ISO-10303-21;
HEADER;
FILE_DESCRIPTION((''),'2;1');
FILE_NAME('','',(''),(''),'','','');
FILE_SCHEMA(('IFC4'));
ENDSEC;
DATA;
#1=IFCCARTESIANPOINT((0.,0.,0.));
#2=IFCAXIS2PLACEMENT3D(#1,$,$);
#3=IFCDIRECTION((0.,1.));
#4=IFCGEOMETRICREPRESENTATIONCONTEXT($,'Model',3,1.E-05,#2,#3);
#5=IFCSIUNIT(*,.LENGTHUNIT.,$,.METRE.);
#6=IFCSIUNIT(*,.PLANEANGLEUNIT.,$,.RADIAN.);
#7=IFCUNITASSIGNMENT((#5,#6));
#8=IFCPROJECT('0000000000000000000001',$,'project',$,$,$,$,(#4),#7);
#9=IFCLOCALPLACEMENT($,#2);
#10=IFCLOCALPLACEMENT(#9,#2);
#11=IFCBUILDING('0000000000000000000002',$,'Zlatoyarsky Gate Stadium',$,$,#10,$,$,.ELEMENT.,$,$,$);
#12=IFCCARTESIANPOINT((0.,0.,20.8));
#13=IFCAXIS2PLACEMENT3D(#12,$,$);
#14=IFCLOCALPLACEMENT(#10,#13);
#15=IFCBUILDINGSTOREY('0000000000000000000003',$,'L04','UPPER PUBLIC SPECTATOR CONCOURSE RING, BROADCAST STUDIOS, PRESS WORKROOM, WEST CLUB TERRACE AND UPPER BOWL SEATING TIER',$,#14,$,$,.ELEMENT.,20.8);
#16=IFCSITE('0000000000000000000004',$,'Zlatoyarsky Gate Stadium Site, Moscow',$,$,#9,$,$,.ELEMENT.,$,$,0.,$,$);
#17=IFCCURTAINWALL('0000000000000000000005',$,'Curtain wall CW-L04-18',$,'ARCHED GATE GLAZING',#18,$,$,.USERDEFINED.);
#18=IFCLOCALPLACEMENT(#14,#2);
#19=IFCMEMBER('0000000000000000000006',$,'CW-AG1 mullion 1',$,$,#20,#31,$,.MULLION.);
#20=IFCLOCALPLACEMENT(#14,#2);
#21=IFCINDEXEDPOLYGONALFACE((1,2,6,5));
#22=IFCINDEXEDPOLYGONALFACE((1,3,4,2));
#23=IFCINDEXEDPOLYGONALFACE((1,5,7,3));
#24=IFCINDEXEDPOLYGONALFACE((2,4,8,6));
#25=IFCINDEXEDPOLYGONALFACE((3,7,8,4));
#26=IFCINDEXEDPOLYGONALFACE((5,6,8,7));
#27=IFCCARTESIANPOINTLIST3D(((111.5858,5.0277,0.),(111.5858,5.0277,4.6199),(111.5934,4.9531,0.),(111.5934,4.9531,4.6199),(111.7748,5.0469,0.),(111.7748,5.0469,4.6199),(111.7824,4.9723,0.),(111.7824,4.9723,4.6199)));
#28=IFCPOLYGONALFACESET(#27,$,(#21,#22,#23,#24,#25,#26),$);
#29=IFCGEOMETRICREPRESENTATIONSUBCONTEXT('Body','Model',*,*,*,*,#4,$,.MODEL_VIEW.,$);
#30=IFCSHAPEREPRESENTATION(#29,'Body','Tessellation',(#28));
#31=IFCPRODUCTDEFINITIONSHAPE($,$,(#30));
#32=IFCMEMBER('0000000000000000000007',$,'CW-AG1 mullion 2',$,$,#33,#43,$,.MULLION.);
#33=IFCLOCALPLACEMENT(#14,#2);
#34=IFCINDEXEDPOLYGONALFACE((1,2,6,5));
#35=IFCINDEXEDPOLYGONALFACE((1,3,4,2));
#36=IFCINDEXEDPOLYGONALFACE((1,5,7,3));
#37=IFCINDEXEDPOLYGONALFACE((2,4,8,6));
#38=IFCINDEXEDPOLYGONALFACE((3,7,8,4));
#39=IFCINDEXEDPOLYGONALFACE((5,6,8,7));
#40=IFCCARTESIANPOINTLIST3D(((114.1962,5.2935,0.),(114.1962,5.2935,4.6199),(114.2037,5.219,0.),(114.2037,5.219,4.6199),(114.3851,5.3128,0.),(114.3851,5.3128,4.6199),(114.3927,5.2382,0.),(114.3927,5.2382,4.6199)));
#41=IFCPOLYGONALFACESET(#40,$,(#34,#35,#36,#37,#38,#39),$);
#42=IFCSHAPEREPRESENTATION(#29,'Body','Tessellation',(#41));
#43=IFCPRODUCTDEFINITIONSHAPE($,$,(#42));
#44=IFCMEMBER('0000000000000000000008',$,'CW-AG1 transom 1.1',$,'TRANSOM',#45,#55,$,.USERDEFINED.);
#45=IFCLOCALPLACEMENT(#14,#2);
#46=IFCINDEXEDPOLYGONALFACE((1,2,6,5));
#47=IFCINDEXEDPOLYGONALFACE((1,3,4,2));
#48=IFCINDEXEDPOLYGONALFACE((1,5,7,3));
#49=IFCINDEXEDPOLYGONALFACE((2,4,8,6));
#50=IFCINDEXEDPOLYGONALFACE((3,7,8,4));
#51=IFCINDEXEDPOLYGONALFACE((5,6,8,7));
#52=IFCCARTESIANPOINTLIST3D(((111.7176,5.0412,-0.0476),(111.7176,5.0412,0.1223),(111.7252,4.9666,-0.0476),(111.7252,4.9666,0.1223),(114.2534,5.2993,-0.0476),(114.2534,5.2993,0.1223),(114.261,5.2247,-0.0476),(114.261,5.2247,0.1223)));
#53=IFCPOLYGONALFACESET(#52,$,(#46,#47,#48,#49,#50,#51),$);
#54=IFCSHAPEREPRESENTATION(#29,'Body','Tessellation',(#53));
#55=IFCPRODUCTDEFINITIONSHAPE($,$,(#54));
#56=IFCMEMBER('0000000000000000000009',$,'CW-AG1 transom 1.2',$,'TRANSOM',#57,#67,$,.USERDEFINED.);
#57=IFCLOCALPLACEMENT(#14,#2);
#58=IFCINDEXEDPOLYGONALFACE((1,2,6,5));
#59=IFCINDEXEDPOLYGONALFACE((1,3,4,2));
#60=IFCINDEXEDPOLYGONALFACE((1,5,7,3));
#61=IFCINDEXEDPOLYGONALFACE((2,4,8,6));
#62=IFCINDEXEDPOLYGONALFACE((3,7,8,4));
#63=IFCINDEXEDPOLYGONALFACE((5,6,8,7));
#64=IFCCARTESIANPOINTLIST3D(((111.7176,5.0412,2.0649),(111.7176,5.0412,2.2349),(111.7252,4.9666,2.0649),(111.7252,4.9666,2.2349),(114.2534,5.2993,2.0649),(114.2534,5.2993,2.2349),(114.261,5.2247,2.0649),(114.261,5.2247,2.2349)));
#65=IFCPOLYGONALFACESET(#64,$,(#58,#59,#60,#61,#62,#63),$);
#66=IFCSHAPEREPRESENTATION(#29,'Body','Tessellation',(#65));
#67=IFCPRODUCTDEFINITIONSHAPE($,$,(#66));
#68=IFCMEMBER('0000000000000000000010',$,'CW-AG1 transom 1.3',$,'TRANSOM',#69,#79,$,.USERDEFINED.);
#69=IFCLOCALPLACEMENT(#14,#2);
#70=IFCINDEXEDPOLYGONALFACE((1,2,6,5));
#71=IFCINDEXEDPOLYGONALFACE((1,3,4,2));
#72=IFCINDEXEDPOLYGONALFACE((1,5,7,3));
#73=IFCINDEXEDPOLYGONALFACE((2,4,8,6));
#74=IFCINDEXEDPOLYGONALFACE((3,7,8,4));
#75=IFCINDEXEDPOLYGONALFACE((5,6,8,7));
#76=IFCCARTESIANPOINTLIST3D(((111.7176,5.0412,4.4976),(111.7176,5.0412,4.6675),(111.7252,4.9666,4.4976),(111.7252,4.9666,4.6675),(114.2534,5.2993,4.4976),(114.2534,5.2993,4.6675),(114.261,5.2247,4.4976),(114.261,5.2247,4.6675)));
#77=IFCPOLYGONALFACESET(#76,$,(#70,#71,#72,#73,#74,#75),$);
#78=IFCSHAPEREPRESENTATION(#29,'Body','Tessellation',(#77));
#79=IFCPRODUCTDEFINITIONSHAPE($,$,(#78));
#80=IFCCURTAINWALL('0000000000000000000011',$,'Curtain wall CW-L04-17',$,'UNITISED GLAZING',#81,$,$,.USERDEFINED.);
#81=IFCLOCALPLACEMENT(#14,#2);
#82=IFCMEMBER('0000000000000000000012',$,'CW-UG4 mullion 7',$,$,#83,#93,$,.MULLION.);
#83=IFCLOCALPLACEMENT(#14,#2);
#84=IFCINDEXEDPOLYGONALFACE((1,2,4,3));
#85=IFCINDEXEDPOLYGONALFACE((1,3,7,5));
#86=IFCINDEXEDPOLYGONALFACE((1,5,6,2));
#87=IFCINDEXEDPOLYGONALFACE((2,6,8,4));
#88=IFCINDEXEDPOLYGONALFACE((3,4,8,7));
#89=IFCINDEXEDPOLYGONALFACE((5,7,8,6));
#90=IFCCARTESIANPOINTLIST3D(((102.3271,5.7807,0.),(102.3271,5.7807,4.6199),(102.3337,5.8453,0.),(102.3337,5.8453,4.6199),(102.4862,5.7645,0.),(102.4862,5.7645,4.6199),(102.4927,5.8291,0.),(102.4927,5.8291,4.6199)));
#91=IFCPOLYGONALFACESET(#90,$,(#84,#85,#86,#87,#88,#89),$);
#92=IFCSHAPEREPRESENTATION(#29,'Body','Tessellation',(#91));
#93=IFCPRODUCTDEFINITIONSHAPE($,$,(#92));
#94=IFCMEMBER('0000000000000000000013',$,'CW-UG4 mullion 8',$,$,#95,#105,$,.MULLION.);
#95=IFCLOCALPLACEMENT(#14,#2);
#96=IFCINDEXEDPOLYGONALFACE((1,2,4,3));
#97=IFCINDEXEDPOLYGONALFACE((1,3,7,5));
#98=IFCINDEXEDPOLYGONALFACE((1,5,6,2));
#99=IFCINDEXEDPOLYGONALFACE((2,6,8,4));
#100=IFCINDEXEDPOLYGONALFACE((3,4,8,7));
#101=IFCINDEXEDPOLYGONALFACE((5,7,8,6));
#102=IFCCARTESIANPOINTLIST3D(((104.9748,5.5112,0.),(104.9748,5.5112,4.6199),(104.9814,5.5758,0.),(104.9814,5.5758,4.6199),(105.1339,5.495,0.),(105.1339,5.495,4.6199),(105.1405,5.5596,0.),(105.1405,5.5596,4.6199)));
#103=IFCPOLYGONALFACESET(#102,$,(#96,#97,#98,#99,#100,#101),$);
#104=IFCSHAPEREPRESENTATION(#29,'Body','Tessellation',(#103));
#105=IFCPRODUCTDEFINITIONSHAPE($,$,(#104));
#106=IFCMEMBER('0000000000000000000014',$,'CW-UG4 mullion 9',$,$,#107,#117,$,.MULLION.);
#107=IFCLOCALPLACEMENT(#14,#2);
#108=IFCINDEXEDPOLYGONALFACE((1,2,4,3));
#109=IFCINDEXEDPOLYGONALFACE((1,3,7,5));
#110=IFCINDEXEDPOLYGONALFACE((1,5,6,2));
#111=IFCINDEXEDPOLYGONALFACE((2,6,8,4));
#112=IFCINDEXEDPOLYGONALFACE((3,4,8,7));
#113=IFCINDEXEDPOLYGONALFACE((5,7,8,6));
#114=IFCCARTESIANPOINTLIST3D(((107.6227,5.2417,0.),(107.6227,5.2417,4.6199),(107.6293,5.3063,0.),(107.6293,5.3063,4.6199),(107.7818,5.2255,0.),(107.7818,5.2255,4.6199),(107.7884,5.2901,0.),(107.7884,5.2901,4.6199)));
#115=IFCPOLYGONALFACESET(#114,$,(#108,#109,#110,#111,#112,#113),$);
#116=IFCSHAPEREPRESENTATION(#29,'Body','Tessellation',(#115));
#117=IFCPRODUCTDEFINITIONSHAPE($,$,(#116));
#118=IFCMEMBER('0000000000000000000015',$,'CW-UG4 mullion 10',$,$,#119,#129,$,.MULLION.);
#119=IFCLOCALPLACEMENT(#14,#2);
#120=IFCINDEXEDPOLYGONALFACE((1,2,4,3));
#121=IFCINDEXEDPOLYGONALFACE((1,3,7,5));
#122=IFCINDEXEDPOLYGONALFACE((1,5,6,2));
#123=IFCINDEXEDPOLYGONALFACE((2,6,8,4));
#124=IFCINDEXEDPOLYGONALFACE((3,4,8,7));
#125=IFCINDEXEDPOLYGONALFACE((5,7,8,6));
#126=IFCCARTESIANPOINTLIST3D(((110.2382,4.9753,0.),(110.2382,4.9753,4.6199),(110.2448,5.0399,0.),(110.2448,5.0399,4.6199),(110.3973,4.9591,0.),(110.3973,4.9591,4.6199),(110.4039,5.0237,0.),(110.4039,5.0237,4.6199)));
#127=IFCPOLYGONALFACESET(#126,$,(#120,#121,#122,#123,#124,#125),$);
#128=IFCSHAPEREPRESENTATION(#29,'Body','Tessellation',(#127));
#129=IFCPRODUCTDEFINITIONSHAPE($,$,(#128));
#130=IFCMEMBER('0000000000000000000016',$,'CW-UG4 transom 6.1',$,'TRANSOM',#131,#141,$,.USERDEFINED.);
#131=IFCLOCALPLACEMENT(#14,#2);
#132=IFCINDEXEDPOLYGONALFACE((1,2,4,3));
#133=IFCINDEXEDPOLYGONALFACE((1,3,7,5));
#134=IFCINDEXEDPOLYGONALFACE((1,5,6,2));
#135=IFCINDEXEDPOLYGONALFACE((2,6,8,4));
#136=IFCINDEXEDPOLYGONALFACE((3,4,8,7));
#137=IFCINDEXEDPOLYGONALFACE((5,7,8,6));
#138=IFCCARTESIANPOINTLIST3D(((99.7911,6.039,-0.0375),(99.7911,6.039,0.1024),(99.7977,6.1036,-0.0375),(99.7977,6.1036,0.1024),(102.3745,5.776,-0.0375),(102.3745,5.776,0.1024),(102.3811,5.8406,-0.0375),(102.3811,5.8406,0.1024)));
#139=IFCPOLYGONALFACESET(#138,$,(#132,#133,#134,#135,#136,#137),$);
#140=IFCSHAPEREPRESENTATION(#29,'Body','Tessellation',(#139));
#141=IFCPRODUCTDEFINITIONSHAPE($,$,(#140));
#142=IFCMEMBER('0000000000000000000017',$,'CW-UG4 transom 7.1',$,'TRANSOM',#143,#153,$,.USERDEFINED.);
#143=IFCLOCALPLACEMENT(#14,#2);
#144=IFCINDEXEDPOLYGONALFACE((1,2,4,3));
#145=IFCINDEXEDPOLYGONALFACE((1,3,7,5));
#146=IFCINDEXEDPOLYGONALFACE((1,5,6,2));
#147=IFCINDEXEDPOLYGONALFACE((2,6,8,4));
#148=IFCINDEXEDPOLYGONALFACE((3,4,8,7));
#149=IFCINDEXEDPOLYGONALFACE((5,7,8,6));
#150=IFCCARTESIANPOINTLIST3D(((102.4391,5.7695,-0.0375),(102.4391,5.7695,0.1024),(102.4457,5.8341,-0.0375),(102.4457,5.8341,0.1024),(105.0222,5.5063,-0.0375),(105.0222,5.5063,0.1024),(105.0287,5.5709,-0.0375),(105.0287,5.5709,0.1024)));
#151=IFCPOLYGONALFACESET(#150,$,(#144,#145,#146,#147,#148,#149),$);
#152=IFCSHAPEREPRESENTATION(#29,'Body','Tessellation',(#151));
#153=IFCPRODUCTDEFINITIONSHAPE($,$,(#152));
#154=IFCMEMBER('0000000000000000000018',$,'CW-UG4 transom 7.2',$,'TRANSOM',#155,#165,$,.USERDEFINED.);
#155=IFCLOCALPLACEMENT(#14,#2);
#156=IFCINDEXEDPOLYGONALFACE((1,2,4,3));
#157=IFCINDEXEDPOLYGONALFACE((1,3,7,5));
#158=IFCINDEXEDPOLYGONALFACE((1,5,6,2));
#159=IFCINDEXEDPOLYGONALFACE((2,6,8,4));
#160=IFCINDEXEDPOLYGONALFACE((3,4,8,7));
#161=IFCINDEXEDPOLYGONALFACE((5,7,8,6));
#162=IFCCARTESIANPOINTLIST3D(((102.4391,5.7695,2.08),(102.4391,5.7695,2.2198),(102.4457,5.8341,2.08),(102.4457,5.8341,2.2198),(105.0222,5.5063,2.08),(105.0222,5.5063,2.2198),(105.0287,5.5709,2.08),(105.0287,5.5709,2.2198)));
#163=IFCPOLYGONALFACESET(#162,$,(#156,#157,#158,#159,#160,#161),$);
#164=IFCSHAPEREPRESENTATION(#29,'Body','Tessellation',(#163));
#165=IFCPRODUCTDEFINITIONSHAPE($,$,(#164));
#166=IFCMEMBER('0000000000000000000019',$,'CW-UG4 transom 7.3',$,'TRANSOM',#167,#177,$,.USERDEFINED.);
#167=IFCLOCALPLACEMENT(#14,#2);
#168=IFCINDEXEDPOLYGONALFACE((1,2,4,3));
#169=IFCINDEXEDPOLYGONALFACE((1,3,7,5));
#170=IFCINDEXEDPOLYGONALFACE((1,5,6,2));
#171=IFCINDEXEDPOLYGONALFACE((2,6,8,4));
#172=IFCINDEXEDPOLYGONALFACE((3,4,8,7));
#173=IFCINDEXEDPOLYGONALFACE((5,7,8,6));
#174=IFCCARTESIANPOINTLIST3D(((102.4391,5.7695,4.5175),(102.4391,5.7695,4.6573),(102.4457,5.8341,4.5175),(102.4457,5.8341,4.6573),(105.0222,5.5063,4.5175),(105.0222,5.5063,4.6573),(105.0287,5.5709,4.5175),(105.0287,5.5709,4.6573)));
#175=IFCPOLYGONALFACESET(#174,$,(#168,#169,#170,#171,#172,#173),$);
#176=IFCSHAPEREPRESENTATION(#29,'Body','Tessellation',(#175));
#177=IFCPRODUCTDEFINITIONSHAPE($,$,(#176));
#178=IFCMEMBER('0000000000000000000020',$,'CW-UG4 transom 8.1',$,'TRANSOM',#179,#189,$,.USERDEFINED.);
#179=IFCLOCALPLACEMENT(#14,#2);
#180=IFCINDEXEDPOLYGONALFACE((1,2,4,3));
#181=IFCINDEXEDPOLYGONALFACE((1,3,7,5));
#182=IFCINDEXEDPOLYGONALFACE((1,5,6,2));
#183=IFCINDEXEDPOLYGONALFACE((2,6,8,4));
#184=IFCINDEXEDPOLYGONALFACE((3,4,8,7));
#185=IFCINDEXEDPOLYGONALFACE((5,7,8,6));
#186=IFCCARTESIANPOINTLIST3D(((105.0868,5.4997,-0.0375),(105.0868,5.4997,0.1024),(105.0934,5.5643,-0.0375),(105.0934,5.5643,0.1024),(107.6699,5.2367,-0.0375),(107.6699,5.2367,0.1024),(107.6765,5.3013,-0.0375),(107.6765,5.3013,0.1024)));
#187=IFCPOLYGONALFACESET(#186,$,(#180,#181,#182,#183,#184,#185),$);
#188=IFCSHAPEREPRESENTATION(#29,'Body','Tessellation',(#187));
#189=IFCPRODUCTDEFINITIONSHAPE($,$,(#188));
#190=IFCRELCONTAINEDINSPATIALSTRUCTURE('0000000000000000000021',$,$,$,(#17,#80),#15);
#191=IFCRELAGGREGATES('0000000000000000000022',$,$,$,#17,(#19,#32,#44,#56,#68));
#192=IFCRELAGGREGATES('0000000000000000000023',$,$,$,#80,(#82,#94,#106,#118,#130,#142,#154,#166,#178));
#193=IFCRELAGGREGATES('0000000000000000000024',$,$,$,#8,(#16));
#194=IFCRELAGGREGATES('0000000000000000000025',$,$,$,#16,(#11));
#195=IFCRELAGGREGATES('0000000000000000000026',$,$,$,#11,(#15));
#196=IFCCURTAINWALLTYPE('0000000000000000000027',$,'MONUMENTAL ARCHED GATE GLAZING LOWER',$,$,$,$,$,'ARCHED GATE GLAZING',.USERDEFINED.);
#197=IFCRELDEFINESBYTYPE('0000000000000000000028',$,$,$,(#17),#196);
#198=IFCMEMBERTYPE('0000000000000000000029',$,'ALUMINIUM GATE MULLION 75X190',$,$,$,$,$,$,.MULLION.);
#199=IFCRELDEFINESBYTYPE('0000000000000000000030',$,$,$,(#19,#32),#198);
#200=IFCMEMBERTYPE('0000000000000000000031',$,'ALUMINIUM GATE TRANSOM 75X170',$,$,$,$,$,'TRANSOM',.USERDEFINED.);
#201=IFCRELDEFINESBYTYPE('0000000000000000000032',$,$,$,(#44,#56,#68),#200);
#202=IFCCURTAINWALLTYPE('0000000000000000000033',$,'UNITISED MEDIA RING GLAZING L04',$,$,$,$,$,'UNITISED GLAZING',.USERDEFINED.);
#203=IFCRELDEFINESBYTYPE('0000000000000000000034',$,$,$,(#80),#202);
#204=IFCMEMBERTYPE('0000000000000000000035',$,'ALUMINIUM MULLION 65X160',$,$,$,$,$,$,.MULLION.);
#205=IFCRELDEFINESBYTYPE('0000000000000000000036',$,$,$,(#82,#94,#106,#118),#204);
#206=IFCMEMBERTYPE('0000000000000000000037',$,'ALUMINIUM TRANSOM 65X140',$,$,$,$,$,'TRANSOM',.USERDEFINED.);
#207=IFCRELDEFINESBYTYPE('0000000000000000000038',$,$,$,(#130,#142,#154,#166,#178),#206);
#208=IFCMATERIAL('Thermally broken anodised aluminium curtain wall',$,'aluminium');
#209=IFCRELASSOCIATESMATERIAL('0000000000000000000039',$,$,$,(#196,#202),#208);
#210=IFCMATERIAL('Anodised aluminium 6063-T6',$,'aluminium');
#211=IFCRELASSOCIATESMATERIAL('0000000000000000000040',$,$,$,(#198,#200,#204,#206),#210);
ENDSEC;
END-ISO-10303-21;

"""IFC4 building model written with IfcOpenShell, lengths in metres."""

from ifc_helpers import new_model, si_unit, direction, frame, origin, origin_2d, place, context, subcontext, project, spatial, rectangle, extrude, material, material_profile, profile_set, type_object, element, aggregate, save


model = new_model("IFC4")

# Units and contexts
model_context = context("Model", 3, precision=1e-05, world=origin(), true_north=direction((0.0, 1.0)))
body_context = subcontext(model_context, "Body", "Model", "MODEL_VIEW")
ifc_project = project(units=[si_unit("LENGTHUNIT", "METRE"), si_unit("PLANEANGLEUNIT", "RADIAN")], contexts=[model_context])

# Site, building, storey
site_placement = place(None, origin())
site = spatial("IfcSite", under=ifc_project, at=site_placement, Name="Zlatoyarsky Gate Stadium Site, Moscow", CompositionType="ELEMENT", RefElevation=0.0)
building_placement = place(site_placement, origin())
building = spatial("IfcBuilding", under=site, at=building_placement, Name="Zlatoyarsky Gate Stadium", CompositionType="ELEMENT")
storey_placement = place(building_placement, frame((0.0, 0.0, 20.8)))
storey = spatial("IfcBuildingStorey", under=building, at=storey_placement, Name="L04", Description="UPPER PUBLIC SPECTATOR CONCOURSE RING, BROADCAST STUDIOS, PRESS WORKROOM, WEST CLUB TERRACE AND UPPER BOWL SEATING TIER", CompositionType="ELEMENT", Elevation=20.8)

# Curtain walls, members
ifc_material_1 = material(Name="Thermally broken anodised aluminium curtain wall", Category="aluminium")
curtain_wall_type_1 = type_object("IfcCurtainWallType", Name="MONUMENTAL ARCHED GATE GLAZING LOWER", ElementType="ARCHED GATE GLAZING", PredefinedType="USERDEFINED", material=ifc_material_1)
curtain_wall_1_placement = place(storey_placement, origin())
curtain_wall_1 = element("IfcCurtainWall", 1, at=curtain_wall_1_placement, inside=storey, type_object=curtain_wall_type_1, Name="Curtain wall CW-L04-18", ObjectType="ARCHED GATE GLAZING", PredefinedType="USERDEFINED")
ifc_material_2 = material(Name="Anodised aluminium 6063-T6", Category="aluminium")
ifc_material_profile_1 = material_profile(ifc_material_2, rectangle(XDim=0.075, YDim=0.1899, at=origin_2d()), Name="ALU 75X190")
ifc_profile_set_1 = profile_set([ifc_material_profile_1], Name="Anodised aluminium 6063-T6")
member_type_1 = type_object("IfcMemberType", Name="ALUMINIUM GATE MULLION 75X190", PredefinedType="MULLION", material=ifc_profile_set_1)
member_1_placement = place(storey_placement, frame((111.6841, 5.0, 0.0), z_axis=(0.0, 0.0, 1.0), x_axis=(-0.101293, 0.994857, 0.0)))
member_1 = element("IfcMember", 2, at=member_1_placement, type_object=member_type_1, Name="CW-AG1 mullion 1", PredefinedType="MULLION", context=body_context, shape_type="SweptSolid", body=[
    extrude(rectangle(XDim=0.075, YDim=0.1899, at=origin_2d()), origin(), (0.0, 0.0, 1.0), 4.6199),
])
member_2_placement = place(storey_placement, frame((114.2944, 5.2659, 0.0), z_axis=(0.0, 0.0, 1.0), x_axis=(-0.101293, 0.994857, 0.0)))
member_2 = element("IfcMember", 3, at=member_2_placement, type_object=member_type_1, Name="CW-AG1 mullion 2", PredefinedType="MULLION", context=body_context, shape_type="SweptSolid", body=[
    extrude(rectangle(XDim=0.075, YDim=0.1899, at=origin_2d()), origin(), (0.0, 0.0, 1.0), 4.6199),
])
ifc_material_profile_2 = material_profile(ifc_material_2, rectangle(XDim=0.075, YDim=0.1699, at=origin_2d()), Name="ALU 75X170")
ifc_profile_set_2 = profile_set([ifc_material_profile_2], Name="Anodised aluminium 6063-T6")
member_type_2 = type_object("IfcMemberType", Name="ALUMINIUM GATE TRANSOM 75X170", ElementType="TRANSOM", PredefinedType="USERDEFINED", material=ifc_profile_set_2)
member_3_placement = place(storey_placement, frame((111.7214, 5.0039, 0.0374), z_axis=(0.994861, 0.101249, 0.0), x_axis=(-0.101249, 0.994861, 0.0)))
member_3 = element("IfcMember", 4, at=member_3_placement, type_object=member_type_2, Name="CW-AG1 transom 1.1", ObjectType="TRANSOM", PredefinedType="USERDEFINED", context=body_context, shape_type="SweptSolid", body=[
    extrude(rectangle(XDim=0.075, YDim=0.1699, at=origin_2d()), origin(), (0.0, 0.0, 1.0), 2.5488),
])
member_4_placement = place(storey_placement, frame((111.7214, 5.0039, 2.1499), z_axis=(0.994861, 0.101249, 0.0), x_axis=(-0.101249, 0.994861, 0.0)))
member_4 = element("IfcMember", 5, at=member_4_placement, type_object=member_type_2, Name="CW-AG1 transom 1.2", ObjectType="TRANSOM", PredefinedType="USERDEFINED", context=body_context, shape_type="SweptSolid", body=[
    extrude(rectangle(XDim=0.075, YDim=0.1699, at=origin_2d()), origin(), (0.0, 0.0, 1.0), 2.5488),
])
member_5_placement = place(storey_placement, frame((111.7214, 5.0039, 4.5825), z_axis=(0.994861, 0.101249, 0.0), x_axis=(-0.101249, 0.994861, 0.0)))
member_5 = element("IfcMember", 6, at=member_5_placement, type_object=member_type_2, Name="CW-AG1 transom 1.3", ObjectType="TRANSOM", PredefinedType="USERDEFINED", context=body_context, shape_type="SweptSolid", body=[
    extrude(rectangle(XDim=0.075, YDim=0.1699, at=origin_2d()), origin(), (0.0, 0.0, 1.0), 2.5488),
])
curtain_wall_type_2 = type_object("IfcCurtainWallType", Name="UNITISED MEDIA RING GLAZING L04", ElementType="UNITISED GLAZING", PredefinedType="USERDEFINED", material=ifc_material_1)
curtain_wall_2_placement = place(storey_placement, origin())
curtain_wall_2 = element("IfcCurtainWall", 7, at=curtain_wall_2_placement, inside=storey, type_object=curtain_wall_type_2, Name="Curtain wall CW-L04-17", ObjectType="UNITISED GLAZING", PredefinedType="USERDEFINED")
ifc_material_profile_3 = material_profile(ifc_material_2, rectangle(XDim=0.0649, YDim=0.1599, at=origin_2d()), Name="ALU 65X160")
ifc_profile_set_3 = profile_set([ifc_material_profile_3], Name="Anodised aluminium 6063-T6")
member_type_3 = type_object("IfcMemberType", Name="ALUMINIUM MULLION 65X160", PredefinedType="MULLION", material=ifc_profile_set_3)
member_6_placement = place(storey_placement, frame((102.4099, 5.8049, 0.0), z_axis=(0.0, 0.0, 1.0), x_axis=(0.101293, 0.994857, 0.0)))
member_6 = element("IfcMember", 8, at=member_6_placement, type_object=member_type_3, Name="CW-UG4 mullion 7", PredefinedType="MULLION", context=body_context, shape_type="SweptSolid", body=[
    extrude(rectangle(XDim=0.0649, YDim=0.1599, at=origin_2d()), origin(), (0.0, 0.0, 1.0), 4.6199),
])
member_7_placement = place(storey_placement, frame((105.0576, 5.5354, 0.0), z_axis=(0.0, 0.0, 1.0), x_axis=(0.101293, 0.994857, 0.0)))
member_7 = element("IfcMember", 9, at=member_7_placement, type_object=member_type_3, Name="CW-UG4 mullion 8", PredefinedType="MULLION", context=body_context, shape_type="SweptSolid", body=[
    extrude(rectangle(XDim=0.0649, YDim=0.1599, at=origin_2d()), origin(), (0.0, 0.0, 1.0), 4.6199),
])
member_8_placement = place(storey_placement, frame((107.7056, 5.2659, 0.0), z_axis=(0.0, 0.0, 1.0), x_axis=(0.101293, 0.994857, 0.0)))
member_8 = element("IfcMember", 10, at=member_8_placement, type_object=member_type_3, Name="CW-UG4 mullion 9", PredefinedType="MULLION", context=body_context, shape_type="SweptSolid", body=[
    extrude(rectangle(XDim=0.0649, YDim=0.1599, at=origin_2d()), origin(), (0.0, 0.0, 1.0), 4.6199),
])
member_9_placement = place(storey_placement, frame((110.321, 4.9995, 0.0), z_axis=(0.0, 0.0, 1.0), x_axis=(0.101293, 0.994857, 0.0)))
member_9 = element("IfcMember", 11, at=member_9_placement, type_object=member_type_3, Name="CW-UG4 mullion 10", PredefinedType="MULLION", context=body_context, shape_type="SweptSolid", body=[
    extrude(rectangle(XDim=0.0649, YDim=0.1599, at=origin_2d()), origin(), (0.0, 0.0, 1.0), 4.6199),
])
ifc_material_profile_4 = material_profile(ifc_material_2, rectangle(XDim=0.0649, YDim=0.1399, at=origin_2d()), Name="ALU 65X140")
ifc_profile_set_4 = profile_set([ifc_material_profile_4], Name="Anodised aluminium 6063-T6")
member_type_4 = type_object("IfcMemberType", Name="ALUMINIUM TRANSOM 65X140", ElementType="TRANSOM", PredefinedType="USERDEFINED", material=ifc_profile_set_4)
member_10_placement = place(storey_placement, frame((99.7944, 6.0713, 0.0325), z_axis=(0.99486, -0.101263, 0.0), x_axis=(0.101263, 0.99486, 0.0)))
member_10 = element("IfcMember", 12, at=member_10_placement, type_object=member_type_4, Name="CW-UG4 transom 6.1", ObjectType="TRANSOM", PredefinedType="USERDEFINED", context=body_context, shape_type="SweptSolid", body=[
    extrude(rectangle(XDim=0.0649, YDim=0.1399, at=origin_2d()), origin(), (0.0, 0.0, 1.0), 2.5967),
])
member_11_placement = place(storey_placement, frame((102.4424, 5.8018, 0.0325), z_axis=(0.994849, -0.101366, 0.0), x_axis=(0.101366, 0.994849, 0.0)))
member_11 = element("IfcMember", 13, at=member_11_placement, type_object=member_type_4, Name="CW-UG4 transom 7.1", ObjectType="TRANSOM", PredefinedType="USERDEFINED", context=body_context, shape_type="SweptSolid", body=[
    extrude(rectangle(XDim=0.0649, YDim=0.1399, at=origin_2d()), origin(), (0.0, 0.0, 1.0), 2.5964),
])
member_12_placement = place(storey_placement, frame((102.4424, 5.8018, 2.1499), z_axis=(0.994849, -0.101366, 0.0), x_axis=(0.101366, 0.994849, 0.0)))
member_12 = element("IfcMember", 14, at=member_12_placement, type_object=member_type_4, Name="CW-UG4 transom 7.2", ObjectType="TRANSOM", PredefinedType="USERDEFINED", context=body_context, shape_type="SweptSolid", body=[
    extrude(rectangle(XDim=0.0649, YDim=0.1399, at=origin_2d()), origin(), (0.0, 0.0, 1.0), 2.5964),
])
member_13_placement = place(storey_placement, frame((102.4424, 5.8018, 4.5874), z_axis=(0.994849, -0.101366, 0.0), x_axis=(0.101366, 0.994849, 0.0)))
member_13 = element("IfcMember", 15, at=member_13_placement, type_object=member_type_4, Name="CW-UG4 transom 7.3", ObjectType="TRANSOM", PredefinedType="USERDEFINED", context=body_context, shape_type="SweptSolid", body=[
    extrude(rectangle(XDim=0.0649, YDim=0.1399, at=origin_2d()), origin(), (0.0, 0.0, 1.0), 2.5964),
])
member_14_placement = place(storey_placement, frame((105.0901, 5.532, 0.0325), z_axis=(0.994859, -0.101272, 0.0), x_axis=(0.101272, 0.994859, 0.0)))
member_14 = element("IfcMember", 16, at=member_14_placement, type_object=member_type_4, Name="CW-UG4 transom 8.1", ObjectType="TRANSOM", PredefinedType="USERDEFINED", context=body_context, shape_type="SweptSolid", body=[
    extrude(rectangle(XDim=0.0649, YDim=0.1399, at=origin_2d()), origin(), (0.0, 0.0, 1.0), 2.5964),
])

aggregate(curtain_wall_1, [member_1, member_2, member_3, member_4, member_5])

aggregate(curtain_wall_2, [member_6, member_7, member_8, member_9, member_10, member_11, member_12, member_13, member_14])

save(model, "model.ifc")
